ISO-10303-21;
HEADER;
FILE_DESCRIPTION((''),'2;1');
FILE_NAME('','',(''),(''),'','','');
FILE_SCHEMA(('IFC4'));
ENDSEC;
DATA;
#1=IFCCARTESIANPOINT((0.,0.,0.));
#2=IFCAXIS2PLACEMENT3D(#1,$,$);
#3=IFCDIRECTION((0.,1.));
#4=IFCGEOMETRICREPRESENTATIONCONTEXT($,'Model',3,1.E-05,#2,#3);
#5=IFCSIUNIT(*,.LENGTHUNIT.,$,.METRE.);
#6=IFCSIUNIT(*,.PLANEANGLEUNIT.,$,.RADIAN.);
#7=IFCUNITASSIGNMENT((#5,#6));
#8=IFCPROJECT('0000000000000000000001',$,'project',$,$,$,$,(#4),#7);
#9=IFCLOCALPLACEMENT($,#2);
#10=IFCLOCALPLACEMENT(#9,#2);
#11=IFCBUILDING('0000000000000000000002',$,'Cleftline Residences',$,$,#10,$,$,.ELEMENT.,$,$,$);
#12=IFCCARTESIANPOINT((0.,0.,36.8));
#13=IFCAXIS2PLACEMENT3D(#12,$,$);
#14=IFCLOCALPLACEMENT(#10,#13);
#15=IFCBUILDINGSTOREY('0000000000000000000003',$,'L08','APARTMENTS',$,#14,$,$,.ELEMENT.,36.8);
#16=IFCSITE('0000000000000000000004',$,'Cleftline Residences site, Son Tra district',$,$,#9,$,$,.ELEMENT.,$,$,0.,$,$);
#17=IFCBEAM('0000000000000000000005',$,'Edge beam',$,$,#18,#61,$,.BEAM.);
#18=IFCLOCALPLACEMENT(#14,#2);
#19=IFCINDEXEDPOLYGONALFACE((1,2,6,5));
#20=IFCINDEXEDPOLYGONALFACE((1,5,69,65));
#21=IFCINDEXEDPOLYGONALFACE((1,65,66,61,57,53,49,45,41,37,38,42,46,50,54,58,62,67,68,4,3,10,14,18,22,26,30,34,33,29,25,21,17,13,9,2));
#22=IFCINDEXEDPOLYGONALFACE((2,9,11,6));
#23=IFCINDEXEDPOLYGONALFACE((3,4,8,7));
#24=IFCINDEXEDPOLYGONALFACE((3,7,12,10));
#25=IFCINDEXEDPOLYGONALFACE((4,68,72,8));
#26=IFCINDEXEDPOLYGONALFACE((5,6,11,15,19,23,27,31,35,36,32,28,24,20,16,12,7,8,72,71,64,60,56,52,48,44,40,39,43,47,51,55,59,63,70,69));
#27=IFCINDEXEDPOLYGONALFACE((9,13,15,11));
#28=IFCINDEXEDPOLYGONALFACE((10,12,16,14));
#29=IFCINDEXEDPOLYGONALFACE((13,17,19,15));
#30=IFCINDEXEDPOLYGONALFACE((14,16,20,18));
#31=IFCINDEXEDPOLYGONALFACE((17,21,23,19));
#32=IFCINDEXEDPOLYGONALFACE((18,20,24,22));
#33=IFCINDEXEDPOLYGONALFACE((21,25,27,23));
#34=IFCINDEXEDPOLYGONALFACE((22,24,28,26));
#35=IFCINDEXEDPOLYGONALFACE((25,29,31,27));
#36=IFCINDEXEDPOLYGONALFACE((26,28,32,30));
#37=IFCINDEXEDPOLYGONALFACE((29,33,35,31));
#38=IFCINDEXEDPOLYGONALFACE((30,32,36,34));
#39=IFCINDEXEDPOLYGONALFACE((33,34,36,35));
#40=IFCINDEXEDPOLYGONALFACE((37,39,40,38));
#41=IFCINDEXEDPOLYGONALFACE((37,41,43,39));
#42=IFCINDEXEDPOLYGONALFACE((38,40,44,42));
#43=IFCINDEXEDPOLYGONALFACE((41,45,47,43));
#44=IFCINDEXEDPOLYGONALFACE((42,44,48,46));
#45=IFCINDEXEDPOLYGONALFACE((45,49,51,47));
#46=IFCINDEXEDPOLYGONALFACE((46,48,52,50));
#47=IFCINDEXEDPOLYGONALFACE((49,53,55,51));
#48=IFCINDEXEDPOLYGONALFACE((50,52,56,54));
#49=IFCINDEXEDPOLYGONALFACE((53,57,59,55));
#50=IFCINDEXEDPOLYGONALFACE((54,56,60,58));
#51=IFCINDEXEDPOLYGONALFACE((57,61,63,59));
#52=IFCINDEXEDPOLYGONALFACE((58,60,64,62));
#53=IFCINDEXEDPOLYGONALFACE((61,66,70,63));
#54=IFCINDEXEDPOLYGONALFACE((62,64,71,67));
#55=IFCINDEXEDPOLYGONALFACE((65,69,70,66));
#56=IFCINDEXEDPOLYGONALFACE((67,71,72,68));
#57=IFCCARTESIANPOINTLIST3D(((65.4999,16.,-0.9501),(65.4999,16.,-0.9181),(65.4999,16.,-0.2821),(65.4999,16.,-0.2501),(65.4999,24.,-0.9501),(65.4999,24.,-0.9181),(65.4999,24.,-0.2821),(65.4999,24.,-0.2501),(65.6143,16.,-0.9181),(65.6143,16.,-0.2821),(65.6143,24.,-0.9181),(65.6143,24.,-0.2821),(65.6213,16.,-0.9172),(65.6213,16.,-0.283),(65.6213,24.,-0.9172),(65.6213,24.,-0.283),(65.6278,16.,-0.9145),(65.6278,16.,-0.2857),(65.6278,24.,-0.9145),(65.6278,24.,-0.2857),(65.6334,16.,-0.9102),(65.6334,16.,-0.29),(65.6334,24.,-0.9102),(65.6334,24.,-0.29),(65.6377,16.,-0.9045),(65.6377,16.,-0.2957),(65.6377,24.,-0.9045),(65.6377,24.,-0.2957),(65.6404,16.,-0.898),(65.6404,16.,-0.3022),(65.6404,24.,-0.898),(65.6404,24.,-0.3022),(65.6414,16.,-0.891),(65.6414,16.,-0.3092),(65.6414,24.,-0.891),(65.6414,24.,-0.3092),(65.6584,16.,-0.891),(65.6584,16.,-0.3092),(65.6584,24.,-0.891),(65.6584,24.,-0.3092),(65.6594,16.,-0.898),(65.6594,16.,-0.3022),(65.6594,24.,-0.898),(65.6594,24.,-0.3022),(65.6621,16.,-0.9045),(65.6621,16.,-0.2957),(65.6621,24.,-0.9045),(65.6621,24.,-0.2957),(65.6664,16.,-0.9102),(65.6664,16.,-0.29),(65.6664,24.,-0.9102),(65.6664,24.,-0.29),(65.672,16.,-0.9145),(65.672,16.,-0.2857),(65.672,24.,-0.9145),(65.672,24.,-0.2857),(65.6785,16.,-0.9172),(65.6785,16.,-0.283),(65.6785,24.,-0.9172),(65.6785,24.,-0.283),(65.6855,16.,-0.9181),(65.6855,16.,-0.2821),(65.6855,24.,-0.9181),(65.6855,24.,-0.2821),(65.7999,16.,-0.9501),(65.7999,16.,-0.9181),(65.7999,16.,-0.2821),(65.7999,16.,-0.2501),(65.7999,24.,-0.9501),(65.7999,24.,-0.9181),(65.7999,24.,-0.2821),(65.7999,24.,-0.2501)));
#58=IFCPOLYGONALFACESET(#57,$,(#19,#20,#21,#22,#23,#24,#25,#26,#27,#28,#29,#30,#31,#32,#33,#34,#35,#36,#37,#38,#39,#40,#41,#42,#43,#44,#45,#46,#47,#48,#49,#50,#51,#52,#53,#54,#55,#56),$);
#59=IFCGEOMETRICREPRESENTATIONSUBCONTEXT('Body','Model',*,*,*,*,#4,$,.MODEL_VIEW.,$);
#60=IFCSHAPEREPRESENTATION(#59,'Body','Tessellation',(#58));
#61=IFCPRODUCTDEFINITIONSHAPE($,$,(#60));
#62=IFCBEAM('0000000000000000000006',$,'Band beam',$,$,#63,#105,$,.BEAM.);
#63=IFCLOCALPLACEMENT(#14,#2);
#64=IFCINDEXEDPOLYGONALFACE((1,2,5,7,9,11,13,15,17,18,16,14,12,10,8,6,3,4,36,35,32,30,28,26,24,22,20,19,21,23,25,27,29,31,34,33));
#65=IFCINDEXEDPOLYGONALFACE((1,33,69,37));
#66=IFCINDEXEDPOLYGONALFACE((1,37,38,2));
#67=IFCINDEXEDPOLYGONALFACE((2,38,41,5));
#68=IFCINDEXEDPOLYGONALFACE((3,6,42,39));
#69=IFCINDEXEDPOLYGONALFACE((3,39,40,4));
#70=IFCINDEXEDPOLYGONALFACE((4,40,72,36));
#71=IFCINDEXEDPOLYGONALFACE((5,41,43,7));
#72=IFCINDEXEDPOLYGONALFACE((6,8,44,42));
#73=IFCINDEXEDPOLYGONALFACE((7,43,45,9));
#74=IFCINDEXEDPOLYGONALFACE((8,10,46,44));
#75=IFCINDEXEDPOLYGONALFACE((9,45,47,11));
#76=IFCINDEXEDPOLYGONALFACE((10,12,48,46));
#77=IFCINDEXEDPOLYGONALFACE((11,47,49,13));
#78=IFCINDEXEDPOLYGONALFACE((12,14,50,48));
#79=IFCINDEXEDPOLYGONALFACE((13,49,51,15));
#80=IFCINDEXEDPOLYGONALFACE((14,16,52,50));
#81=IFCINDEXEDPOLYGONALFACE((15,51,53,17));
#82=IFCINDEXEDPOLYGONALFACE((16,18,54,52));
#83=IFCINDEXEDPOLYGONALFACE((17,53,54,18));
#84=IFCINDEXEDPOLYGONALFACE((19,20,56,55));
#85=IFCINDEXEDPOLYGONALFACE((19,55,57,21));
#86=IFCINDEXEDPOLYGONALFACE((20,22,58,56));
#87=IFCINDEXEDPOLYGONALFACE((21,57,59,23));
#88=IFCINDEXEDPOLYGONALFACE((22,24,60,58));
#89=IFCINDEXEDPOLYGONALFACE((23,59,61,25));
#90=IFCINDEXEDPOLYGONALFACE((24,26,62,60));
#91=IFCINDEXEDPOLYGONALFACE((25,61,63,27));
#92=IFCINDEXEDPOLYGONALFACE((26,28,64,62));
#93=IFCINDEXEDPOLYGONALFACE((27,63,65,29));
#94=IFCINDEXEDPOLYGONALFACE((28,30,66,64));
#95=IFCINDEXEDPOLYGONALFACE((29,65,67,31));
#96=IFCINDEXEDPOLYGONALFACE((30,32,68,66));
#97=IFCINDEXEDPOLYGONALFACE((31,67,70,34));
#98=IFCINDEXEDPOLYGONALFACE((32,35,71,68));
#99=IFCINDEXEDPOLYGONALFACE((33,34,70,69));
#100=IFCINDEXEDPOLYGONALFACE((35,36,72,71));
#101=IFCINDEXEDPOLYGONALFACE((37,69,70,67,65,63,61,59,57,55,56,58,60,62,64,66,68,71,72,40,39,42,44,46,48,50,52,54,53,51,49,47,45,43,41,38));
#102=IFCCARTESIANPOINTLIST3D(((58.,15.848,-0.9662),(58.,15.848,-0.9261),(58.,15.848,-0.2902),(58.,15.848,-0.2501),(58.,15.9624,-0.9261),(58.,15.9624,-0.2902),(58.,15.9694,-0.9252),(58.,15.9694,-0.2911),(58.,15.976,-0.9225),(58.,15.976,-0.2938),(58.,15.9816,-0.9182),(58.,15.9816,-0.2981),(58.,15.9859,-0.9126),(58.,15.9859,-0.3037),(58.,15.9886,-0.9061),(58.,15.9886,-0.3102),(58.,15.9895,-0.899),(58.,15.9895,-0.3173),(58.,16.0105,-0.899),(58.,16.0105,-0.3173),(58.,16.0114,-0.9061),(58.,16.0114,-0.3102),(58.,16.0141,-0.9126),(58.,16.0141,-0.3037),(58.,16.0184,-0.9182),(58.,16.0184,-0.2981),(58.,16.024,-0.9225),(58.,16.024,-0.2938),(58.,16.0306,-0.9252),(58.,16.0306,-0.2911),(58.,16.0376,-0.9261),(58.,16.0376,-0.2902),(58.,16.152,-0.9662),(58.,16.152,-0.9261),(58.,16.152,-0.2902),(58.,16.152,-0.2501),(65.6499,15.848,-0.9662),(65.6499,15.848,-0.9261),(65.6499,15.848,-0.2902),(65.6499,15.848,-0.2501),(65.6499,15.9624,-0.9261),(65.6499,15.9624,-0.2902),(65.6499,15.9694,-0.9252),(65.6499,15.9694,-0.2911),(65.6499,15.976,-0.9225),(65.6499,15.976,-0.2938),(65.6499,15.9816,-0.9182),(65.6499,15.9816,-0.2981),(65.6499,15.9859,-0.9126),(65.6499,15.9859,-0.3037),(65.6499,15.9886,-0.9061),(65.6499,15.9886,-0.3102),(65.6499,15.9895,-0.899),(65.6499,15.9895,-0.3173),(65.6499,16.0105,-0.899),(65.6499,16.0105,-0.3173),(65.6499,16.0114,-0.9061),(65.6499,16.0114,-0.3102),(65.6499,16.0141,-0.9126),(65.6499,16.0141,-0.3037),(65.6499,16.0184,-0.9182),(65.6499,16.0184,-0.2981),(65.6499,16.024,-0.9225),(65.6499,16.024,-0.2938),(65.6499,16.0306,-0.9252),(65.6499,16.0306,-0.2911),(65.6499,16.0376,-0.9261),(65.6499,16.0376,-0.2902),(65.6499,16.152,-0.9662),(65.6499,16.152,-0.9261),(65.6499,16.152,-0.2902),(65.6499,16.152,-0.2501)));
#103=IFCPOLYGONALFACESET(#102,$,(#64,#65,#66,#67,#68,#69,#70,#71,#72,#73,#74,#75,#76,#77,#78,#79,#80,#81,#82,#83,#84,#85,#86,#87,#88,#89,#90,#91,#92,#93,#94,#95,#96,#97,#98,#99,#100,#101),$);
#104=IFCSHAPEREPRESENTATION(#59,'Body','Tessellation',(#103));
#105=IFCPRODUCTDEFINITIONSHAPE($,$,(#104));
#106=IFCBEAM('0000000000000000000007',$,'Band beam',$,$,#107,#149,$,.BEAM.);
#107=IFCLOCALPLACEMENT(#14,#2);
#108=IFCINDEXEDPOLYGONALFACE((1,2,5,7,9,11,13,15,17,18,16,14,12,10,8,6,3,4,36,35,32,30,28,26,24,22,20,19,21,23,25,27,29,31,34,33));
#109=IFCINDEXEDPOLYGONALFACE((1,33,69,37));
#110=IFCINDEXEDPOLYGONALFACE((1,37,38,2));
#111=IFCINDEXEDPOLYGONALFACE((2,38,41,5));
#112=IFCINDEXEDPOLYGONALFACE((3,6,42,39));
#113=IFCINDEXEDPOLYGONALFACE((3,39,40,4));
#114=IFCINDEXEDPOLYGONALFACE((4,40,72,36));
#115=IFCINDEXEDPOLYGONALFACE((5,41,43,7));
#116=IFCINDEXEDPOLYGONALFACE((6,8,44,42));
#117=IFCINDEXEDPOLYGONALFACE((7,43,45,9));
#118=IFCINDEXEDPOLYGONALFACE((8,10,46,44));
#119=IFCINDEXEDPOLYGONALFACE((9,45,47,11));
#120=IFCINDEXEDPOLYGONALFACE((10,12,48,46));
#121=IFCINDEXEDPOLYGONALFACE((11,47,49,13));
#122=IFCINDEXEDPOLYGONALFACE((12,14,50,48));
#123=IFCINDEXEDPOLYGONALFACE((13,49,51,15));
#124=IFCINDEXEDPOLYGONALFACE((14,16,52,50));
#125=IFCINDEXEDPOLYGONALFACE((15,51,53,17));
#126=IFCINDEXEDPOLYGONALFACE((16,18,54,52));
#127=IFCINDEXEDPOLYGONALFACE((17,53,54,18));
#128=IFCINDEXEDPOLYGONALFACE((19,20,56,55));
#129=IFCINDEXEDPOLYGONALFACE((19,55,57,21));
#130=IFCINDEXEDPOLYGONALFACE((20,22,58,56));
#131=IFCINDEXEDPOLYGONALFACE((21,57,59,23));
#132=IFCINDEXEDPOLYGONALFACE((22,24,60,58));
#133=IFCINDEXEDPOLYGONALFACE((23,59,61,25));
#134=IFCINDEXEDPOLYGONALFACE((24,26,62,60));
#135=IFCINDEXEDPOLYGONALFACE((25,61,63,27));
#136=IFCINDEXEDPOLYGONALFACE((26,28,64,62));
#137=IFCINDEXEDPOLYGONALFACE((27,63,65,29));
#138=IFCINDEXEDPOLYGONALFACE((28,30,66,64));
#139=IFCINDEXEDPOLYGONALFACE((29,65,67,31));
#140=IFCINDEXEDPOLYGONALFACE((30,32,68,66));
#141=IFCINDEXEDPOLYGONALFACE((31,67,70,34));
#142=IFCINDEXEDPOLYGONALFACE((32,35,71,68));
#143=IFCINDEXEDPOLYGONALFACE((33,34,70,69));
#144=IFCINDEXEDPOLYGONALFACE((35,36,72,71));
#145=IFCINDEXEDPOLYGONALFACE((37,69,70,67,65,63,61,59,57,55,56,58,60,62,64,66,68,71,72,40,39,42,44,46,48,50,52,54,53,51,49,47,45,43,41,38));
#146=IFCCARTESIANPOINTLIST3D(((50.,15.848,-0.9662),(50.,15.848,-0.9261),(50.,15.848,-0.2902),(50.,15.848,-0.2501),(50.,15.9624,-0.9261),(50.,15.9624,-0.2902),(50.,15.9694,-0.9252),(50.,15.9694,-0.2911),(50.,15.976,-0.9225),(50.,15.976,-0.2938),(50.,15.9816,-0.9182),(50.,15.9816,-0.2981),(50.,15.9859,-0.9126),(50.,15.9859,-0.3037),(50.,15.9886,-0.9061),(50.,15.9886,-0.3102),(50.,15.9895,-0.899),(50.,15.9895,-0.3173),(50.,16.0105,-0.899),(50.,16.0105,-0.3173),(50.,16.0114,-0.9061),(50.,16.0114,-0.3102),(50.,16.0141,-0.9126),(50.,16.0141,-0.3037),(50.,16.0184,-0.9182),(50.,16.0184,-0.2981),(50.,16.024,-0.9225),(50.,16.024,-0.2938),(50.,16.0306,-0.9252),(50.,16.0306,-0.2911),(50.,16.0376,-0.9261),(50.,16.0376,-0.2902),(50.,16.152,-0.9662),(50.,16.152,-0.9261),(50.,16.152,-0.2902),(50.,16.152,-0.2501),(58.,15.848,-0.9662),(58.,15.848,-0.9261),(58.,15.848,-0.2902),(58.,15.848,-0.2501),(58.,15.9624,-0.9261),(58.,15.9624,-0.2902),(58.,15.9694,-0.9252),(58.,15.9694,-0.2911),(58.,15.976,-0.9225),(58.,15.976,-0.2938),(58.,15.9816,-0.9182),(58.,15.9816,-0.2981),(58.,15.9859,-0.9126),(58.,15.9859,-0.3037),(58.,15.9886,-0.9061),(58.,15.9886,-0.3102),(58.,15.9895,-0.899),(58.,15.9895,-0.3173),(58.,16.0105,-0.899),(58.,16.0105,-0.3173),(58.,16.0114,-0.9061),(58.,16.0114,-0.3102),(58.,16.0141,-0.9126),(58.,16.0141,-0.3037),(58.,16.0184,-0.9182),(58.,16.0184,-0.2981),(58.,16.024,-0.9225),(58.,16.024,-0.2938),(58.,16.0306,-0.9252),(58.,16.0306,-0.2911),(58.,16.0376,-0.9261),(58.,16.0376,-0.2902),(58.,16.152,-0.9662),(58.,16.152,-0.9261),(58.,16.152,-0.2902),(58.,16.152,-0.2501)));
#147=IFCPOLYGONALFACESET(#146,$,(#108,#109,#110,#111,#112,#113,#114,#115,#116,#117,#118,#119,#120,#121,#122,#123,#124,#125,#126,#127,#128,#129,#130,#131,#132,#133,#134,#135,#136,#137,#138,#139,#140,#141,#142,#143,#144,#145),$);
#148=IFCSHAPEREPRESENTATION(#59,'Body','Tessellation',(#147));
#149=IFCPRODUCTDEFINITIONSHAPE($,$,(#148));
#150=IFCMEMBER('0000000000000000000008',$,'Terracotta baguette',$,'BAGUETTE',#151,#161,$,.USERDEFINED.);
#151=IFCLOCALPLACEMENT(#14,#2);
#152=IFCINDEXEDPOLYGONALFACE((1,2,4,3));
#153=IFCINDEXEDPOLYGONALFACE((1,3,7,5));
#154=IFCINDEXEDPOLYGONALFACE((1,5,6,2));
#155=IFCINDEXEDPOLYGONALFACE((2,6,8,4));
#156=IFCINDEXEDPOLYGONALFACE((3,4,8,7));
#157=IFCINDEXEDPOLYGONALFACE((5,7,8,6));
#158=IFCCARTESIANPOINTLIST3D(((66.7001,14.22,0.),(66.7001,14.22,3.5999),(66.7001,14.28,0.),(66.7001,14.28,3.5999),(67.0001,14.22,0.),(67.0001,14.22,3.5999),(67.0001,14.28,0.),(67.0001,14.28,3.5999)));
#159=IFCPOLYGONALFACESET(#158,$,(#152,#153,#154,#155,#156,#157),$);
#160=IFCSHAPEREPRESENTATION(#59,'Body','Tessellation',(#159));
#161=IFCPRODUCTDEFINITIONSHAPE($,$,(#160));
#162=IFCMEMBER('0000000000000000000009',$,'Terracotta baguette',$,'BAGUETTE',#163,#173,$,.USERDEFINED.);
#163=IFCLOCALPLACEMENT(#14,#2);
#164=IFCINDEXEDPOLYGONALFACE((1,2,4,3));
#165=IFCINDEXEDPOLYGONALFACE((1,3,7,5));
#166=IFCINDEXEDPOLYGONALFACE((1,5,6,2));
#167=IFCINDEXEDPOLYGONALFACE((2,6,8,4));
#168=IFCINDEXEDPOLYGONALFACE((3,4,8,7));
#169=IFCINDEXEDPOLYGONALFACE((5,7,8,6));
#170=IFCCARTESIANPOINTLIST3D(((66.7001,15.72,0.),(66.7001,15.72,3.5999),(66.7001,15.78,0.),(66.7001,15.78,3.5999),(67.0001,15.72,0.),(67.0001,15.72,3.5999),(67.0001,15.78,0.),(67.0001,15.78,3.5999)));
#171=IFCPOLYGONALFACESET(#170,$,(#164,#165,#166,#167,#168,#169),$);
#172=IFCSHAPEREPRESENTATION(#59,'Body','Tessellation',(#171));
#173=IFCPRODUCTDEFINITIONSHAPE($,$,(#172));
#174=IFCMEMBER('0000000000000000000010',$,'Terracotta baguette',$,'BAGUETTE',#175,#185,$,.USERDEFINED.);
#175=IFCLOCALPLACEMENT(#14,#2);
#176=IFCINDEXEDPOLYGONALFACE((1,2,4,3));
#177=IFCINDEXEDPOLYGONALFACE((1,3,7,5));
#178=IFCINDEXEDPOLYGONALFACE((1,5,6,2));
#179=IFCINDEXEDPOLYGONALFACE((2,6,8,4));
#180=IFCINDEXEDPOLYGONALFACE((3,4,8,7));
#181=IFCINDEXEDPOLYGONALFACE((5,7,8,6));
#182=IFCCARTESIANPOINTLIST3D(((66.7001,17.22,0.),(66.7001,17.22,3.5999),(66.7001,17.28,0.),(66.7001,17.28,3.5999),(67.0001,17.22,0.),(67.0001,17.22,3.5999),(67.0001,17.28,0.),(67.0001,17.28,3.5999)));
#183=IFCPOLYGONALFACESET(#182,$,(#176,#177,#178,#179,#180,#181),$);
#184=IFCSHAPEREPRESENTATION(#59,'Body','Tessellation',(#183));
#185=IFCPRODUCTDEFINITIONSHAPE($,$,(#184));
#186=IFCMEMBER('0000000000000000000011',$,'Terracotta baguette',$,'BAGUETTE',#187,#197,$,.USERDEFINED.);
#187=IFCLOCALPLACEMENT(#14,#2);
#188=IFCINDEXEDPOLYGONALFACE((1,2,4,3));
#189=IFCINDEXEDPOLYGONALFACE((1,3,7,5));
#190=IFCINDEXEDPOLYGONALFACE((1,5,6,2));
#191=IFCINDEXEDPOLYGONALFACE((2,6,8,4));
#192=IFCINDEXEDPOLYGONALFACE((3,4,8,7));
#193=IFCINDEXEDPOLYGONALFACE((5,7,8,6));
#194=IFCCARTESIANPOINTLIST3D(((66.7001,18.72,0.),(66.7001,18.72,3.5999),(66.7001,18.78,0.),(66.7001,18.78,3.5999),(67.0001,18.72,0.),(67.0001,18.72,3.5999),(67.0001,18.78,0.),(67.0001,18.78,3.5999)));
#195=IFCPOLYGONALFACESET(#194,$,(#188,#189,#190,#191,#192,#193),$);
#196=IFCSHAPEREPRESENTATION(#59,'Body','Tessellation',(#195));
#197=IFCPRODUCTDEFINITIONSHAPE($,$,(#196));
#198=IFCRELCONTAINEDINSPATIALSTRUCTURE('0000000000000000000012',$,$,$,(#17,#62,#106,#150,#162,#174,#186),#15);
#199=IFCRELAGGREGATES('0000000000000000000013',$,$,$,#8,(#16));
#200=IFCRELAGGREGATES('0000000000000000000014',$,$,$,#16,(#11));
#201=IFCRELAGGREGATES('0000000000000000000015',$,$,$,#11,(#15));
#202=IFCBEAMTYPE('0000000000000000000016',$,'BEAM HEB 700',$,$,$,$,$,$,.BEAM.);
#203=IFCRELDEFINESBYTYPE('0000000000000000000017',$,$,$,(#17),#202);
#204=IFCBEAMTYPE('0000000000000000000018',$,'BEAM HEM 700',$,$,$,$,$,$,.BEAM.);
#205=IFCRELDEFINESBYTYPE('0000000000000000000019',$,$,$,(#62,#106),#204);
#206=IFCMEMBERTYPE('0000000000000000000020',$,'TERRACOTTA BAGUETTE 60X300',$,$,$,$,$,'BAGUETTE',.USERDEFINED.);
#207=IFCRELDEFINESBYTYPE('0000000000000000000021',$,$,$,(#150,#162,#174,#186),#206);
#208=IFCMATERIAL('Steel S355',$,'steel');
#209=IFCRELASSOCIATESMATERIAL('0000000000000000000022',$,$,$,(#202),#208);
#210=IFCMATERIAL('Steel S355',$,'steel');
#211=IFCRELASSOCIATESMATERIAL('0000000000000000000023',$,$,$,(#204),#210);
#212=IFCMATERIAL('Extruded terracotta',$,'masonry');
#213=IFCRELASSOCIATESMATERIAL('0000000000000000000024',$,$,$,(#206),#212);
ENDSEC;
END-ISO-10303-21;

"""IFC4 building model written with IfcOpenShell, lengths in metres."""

from ifc_helpers import new_model, si_unit, direction, frame, origin, origin_2d, place, context, subcontext, project, spatial, rectangle, i_section, extrude, material, material_profile, profile_set, type_object, element, save


model = new_model("IFC4")

# Units and contexts
model_context = context("Model", 3, precision=1e-05, world=origin(), true_north=direction((0.0, 1.0)))
body_context = subcontext(model_context, "Body", "Model", "MODEL_VIEW")
ifc_project = project(units=[si_unit("LENGTHUNIT", "METRE"), si_unit("PLANEANGLEUNIT", "RADIAN")], contexts=[model_context])

# Site, building, storey
site_placement = place(None, origin())
site = spatial("IfcSite", under=ifc_project, at=site_placement, Name="Cleftline Residences site, Son Tra district", CompositionType="ELEMENT", RefElevation=0.0)
building_placement = place(site_placement, origin())
building = spatial("IfcBuilding", under=site, at=building_placement, Name="Cleftline Residences", CompositionType="ELEMENT")
storey_placement = place(building_placement, frame((0.0, 0.0, 36.8)))
storey = spatial("IfcBuildingStorey", under=building, at=storey_placement, Name="L08", Description="APARTMENTS", CompositionType="ELEMENT", Elevation=36.8)

# Beams
ifc_material_1 = material(Name="Steel S355", Category="steel")
ifc_material_profile_1 = material_profile(ifc_material_1, i_section(OverallWidth=0.3, OverallDepth=0.7, WebThickness=0.0171, FlangeThickness=0.032, FilletRadius=0.0271, at=origin_2d()))
ifc_profile_set_1 = profile_set([ifc_material_profile_1], Name="Steel S355")
beam_type_1 = type_object("IfcBeamType", Name="BEAM HEB 700", PredefinedType="BEAM", material=ifc_profile_set_1)
beam_1_placement = place(storey_placement, frame((65.6499, 16.0, -0.6001), z_axis=(0.0, 1.0, 0.0), x_axis=(-1.0, 0.0, 0.0)))
element("IfcBeam", 1, at=beam_1_placement, inside=storey, type_object=beam_type_1, Name="Edge beam", PredefinedType="BEAM", context=body_context, shape_type="SweptSolid", body=[
    extrude(i_section(OverallWidth=0.3, OverallDepth=0.7, WebThickness=0.0171, FlangeThickness=0.032, FilletRadius=0.0271, at=origin_2d()), origin(), (0.0, 0.0, 1.0), 8.0),
])
ifc_material_2 = material(Name="Steel S355", Category="steel")
ifc_material_profile_2 = material_profile(ifc_material_2, i_section(OverallWidth=0.304, OverallDepth=0.7161, WebThickness=0.021, FlangeThickness=0.04, FilletRadius=0.0271, at=origin_2d()))
ifc_profile_set_2 = profile_set([ifc_material_profile_2], Name="Steel S355")
beam_type_2 = type_object("IfcBeamType", Name="BEAM HEM 700", PredefinedType="BEAM", material=ifc_profile_set_2)
beam_2_placement = place(storey_placement, frame((65.6499, 16.0, -0.6082), z_axis=(-1.0, 0.0, 0.0), x_axis=(0.0, -1.0, 0.0)))
element("IfcBeam", 2, at=beam_2_placement, inside=storey, type_object=beam_type_2, Name="Band beam", PredefinedType="BEAM", context=body_context, shape_type="SweptSolid", body=[
    extrude(i_section(OverallWidth=0.304, OverallDepth=0.7161, WebThickness=0.021, FlangeThickness=0.04, FilletRadius=0.0271, at=origin_2d()), origin(), (0.0, 0.0, 1.0), 7.6499),
])
beam_3_placement = place(storey_placement, frame((58.0, 16.0, -0.6082), z_axis=(-1.0, 0.0, 0.0), x_axis=(0.0, -1.0, 0.0)))
element("IfcBeam", 3, at=beam_3_placement, inside=storey, type_object=beam_type_2, Name="Band beam", PredefinedType="BEAM", context=body_context, shape_type="SweptSolid", body=[
    extrude(i_section(OverallWidth=0.304, OverallDepth=0.7161, WebThickness=0.021, FlangeThickness=0.04, FilletRadius=0.0271, at=origin_2d()), origin(), (0.0, 0.0, 1.0), 8.0),
])

# Members
ifc_material_3 = material(Name="Extruded terracotta", Category="masonry")
ifc_material_profile_3 = material_profile(ifc_material_3, rectangle(XDim=0.0601, YDim=0.3, at=origin_2d()))
ifc_profile_set_3 = profile_set([ifc_material_profile_3], Name="Extruded terracotta")
member_type_1 = type_object("IfcMemberType", Name="TERRACOTTA BAGUETTE 60X300", ElementType="BAGUETTE", PredefinedType="USERDEFINED", material=ifc_profile_set_3)
for number, where, z_axis, x_axis, name in (
    (4, (66.8501, 14.25, 0.0), (0.0, 0.0, 1.0), (0.0, 1.0, 0.0), "Terracotta baguette"),
    (5, (66.8501, 15.75, 0.0), (0.0, 0.0, 1.0), (0.0, 1.0, 0.0), "Terracotta baguette"),
    (6, (66.8501, 17.25, 0.0), (0.0, 0.0, 1.0), (0.0, 1.0, 0.0), "Terracotta baguette"),
    (7, (66.8501, 18.75, 0.0), (0.0, 0.0, 1.0), (0.0, 1.0, 0.0), "Terracotta baguette"),
):
    element("IfcMember", number, at=place(storey_placement, frame(where, z_axis=z_axis, x_axis=x_axis)), inside=storey, type_object=member_type_1, Name=name, ObjectType="BAGUETTE", PredefinedType="USERDEFINED", context=body_context, shape_type="SweptSolid", body=[
        extrude(rectangle(XDim=0.0601, YDim=0.3, at=origin_2d()), origin(), (0.0, 0.0, 1.0), 3.5999),
    ])

save(model, "model.ifc")
